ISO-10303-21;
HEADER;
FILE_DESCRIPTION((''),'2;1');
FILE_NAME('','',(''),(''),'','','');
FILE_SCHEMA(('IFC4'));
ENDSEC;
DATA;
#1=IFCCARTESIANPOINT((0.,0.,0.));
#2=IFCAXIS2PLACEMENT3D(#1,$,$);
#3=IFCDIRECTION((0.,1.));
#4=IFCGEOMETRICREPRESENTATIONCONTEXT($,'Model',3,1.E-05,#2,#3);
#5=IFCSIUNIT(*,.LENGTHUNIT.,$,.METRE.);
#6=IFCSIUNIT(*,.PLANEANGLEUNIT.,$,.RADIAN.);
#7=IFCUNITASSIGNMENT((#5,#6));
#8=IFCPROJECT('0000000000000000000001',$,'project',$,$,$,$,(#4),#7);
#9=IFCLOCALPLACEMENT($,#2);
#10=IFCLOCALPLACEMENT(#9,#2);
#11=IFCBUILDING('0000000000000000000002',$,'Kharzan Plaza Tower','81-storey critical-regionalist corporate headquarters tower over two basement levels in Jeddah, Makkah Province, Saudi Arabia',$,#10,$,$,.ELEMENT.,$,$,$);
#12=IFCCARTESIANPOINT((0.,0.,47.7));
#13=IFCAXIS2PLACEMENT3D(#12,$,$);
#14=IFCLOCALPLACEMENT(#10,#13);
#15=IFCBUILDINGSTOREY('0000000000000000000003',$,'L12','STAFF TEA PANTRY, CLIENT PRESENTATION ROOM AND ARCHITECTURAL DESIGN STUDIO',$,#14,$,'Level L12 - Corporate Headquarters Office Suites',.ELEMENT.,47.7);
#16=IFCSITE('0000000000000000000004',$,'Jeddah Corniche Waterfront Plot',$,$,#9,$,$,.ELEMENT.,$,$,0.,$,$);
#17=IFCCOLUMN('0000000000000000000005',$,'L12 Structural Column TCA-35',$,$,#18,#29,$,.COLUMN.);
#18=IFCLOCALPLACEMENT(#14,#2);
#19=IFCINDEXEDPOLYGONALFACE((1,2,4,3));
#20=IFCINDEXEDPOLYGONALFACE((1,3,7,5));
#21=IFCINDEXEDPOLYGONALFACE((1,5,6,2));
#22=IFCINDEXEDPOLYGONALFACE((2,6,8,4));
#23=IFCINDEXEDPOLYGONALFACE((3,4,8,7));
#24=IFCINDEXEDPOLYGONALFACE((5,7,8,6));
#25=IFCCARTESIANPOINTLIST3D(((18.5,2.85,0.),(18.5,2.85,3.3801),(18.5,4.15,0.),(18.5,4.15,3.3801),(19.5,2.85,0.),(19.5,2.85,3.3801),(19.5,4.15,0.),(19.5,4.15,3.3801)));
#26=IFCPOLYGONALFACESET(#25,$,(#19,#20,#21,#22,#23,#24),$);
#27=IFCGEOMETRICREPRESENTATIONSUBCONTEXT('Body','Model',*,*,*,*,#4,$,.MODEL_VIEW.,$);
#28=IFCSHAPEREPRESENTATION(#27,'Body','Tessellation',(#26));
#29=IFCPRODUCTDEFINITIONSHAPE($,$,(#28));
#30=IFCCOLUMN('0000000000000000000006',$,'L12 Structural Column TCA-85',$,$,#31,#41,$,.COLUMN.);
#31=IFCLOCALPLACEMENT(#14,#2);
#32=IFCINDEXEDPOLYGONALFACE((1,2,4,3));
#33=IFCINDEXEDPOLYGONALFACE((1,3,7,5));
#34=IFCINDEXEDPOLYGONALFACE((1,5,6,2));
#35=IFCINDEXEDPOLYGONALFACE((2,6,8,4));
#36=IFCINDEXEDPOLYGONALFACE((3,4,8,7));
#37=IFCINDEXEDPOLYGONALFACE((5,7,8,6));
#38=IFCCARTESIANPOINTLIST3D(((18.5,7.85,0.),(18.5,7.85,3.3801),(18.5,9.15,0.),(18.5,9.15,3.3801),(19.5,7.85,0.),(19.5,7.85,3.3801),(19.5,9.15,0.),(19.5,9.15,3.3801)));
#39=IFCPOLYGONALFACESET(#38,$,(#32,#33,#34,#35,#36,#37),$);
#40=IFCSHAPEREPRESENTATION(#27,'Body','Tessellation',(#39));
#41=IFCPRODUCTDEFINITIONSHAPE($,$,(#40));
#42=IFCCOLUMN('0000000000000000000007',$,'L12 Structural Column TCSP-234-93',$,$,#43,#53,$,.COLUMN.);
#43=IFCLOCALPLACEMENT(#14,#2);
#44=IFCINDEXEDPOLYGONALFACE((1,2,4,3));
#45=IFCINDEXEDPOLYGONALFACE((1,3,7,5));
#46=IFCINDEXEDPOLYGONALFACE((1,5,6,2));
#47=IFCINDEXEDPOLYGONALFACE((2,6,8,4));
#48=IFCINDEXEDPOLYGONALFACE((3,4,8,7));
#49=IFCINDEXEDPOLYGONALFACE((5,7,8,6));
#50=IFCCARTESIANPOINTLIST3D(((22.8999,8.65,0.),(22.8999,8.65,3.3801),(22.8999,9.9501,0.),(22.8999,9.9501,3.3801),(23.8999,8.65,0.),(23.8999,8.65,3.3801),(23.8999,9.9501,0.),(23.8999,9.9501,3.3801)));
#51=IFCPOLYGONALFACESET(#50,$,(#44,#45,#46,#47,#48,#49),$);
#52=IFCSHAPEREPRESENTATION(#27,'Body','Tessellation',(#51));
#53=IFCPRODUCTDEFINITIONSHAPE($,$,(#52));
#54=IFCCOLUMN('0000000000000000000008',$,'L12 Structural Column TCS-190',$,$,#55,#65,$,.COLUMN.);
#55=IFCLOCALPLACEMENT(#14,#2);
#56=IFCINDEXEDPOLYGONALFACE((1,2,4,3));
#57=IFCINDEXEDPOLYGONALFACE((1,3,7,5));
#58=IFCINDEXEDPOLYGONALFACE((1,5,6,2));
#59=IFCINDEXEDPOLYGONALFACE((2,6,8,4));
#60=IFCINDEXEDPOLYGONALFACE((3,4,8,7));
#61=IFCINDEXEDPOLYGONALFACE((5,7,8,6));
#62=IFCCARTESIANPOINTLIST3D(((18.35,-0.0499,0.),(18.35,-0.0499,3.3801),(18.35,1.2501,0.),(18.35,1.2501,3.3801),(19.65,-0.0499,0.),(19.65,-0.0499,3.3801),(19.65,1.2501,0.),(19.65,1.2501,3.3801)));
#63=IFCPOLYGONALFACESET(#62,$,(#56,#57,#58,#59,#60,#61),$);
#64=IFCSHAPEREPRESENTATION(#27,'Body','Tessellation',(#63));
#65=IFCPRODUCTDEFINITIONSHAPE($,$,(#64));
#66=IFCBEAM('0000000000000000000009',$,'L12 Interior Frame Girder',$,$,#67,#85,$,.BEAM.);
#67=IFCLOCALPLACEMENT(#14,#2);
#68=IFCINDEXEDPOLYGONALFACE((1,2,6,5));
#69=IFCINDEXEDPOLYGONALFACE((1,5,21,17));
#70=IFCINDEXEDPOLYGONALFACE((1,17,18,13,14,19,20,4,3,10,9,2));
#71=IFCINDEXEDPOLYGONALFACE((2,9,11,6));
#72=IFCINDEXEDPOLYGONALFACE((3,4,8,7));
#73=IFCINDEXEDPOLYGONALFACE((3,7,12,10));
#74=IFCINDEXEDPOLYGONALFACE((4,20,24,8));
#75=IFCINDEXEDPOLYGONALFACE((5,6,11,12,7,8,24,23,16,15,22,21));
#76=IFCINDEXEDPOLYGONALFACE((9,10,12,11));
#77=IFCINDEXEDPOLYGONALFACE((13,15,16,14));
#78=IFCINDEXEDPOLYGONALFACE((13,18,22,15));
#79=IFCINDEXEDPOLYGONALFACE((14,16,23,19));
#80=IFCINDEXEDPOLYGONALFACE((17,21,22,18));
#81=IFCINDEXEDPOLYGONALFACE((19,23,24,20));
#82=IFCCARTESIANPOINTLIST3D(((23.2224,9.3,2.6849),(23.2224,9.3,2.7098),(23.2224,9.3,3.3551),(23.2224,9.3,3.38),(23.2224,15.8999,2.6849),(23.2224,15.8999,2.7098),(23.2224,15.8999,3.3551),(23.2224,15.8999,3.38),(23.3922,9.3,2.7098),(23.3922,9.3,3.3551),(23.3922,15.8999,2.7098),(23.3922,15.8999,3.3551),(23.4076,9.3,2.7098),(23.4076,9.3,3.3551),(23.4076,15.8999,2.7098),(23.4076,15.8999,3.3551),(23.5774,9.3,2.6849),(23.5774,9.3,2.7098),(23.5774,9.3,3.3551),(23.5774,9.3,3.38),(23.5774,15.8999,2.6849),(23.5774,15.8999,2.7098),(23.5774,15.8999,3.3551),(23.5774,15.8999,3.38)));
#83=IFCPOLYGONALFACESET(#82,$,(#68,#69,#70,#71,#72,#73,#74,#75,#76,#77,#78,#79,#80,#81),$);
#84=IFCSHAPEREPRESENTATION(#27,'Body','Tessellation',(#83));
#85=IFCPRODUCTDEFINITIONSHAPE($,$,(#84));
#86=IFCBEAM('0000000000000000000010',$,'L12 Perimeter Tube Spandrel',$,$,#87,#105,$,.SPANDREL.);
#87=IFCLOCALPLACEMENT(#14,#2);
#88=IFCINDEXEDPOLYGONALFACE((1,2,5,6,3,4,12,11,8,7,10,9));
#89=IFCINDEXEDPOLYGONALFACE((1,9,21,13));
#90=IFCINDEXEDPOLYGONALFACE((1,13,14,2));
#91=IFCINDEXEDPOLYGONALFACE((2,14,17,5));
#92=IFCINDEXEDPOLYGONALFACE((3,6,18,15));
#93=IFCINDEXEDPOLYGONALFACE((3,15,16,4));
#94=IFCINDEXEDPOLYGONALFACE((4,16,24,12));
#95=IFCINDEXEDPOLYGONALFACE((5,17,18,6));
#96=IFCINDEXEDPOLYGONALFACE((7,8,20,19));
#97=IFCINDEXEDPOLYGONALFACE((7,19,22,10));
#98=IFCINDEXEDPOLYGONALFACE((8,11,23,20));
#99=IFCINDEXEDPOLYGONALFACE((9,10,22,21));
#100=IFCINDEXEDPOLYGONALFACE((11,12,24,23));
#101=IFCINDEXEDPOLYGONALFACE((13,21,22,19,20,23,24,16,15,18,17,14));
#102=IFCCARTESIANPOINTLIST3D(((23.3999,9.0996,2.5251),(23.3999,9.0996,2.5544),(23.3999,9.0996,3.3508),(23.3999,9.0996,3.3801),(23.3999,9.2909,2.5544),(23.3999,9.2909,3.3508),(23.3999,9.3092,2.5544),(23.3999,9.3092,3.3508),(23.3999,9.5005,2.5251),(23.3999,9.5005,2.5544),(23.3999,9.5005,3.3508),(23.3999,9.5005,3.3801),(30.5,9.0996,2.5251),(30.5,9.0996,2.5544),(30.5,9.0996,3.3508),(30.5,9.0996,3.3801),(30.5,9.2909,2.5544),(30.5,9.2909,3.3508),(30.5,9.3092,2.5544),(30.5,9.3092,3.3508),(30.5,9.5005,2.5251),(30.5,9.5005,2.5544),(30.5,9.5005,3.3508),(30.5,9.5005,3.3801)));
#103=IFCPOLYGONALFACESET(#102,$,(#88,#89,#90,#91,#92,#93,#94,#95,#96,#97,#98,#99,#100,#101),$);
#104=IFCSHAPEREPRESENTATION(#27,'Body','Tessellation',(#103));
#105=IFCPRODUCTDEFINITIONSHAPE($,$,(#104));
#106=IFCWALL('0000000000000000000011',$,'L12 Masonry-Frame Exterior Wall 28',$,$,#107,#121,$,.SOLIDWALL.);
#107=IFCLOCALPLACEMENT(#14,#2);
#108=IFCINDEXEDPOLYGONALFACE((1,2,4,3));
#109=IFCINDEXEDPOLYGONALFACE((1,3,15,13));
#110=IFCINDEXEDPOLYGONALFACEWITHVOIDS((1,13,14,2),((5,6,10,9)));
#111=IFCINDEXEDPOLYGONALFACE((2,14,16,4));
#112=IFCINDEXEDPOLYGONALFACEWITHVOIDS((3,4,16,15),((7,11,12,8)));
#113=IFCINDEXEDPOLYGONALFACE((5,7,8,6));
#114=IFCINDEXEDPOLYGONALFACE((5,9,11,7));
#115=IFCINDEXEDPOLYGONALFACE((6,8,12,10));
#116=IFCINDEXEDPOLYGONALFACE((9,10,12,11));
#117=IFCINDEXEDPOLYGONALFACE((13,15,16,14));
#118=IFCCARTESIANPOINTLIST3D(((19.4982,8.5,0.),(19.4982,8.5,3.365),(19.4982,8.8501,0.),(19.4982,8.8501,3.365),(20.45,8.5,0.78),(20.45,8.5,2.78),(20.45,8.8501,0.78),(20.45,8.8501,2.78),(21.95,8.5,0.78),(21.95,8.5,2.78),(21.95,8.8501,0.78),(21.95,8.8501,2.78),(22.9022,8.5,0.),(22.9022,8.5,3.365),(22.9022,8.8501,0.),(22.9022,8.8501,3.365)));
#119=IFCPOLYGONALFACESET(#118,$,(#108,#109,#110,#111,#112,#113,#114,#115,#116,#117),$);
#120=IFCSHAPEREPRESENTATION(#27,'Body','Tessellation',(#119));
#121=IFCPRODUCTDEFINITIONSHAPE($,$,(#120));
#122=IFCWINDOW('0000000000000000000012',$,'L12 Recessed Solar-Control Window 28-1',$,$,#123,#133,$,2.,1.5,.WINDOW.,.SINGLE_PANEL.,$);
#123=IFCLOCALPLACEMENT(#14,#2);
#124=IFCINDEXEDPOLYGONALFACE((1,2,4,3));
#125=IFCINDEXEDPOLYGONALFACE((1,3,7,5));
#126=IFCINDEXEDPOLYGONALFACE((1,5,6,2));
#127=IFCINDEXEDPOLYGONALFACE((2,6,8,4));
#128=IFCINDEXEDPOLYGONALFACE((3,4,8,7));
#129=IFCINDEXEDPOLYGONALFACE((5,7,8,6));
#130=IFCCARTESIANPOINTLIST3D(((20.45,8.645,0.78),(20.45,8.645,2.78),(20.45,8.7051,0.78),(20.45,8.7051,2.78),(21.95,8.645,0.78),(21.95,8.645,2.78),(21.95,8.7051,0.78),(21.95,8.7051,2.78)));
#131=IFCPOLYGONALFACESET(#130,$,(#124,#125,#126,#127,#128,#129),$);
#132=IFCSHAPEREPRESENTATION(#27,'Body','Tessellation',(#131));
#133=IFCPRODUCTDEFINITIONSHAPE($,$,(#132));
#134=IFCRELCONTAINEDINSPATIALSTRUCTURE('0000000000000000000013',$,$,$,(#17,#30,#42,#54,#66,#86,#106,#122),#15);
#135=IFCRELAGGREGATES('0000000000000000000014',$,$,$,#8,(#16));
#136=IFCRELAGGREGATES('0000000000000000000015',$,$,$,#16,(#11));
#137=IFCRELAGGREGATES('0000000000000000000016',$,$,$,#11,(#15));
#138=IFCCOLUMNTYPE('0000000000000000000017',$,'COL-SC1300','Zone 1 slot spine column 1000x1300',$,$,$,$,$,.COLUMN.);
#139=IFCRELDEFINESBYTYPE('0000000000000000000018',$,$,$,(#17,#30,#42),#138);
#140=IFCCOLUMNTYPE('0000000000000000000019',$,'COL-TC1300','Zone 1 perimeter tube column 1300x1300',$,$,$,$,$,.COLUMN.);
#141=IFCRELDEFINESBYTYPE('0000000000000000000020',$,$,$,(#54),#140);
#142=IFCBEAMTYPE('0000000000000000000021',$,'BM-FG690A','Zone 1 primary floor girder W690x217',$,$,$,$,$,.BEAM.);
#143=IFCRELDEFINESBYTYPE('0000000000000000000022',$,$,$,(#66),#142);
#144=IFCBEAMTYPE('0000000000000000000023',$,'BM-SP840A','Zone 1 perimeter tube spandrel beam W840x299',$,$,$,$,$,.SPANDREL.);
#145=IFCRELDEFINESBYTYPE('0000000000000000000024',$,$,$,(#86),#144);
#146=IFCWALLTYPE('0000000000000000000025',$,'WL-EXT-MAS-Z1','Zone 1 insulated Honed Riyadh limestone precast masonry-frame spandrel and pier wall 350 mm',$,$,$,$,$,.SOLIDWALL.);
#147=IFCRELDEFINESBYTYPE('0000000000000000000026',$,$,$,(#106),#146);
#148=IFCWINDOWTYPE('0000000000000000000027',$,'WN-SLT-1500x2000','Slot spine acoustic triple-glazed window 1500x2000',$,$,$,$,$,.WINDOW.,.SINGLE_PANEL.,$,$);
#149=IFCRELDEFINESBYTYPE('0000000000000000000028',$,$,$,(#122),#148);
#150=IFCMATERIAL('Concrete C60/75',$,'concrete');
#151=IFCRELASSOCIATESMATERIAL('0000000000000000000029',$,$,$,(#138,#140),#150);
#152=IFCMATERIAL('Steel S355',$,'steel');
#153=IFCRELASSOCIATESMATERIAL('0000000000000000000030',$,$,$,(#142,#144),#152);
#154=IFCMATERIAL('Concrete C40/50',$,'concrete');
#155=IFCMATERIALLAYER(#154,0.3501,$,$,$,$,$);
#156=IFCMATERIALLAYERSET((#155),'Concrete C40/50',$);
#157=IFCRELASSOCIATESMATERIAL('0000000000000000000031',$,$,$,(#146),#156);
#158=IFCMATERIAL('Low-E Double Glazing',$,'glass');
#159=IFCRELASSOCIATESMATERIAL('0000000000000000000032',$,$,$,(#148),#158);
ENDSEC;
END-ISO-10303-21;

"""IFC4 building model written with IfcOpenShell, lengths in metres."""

from ifc_helpers import new_model, si_unit, direction, frame, frame_2d, origin, origin_2d, place, context, subcontext, project, spatial, rectangle, i_section, extrude, source, transform, mapped, material, layer, layer_set, material_profile, profile_set, type_object, element, fill, save


model = new_model("IFC4")

# Units and contexts
model_context = context("Model", 3, precision=1e-05, world=origin(), true_north=direction((0.0, 1.0)))
body_context = subcontext(model_context, "Body", "Model", "MODEL_VIEW")
ifc_project = project(units=[si_unit("LENGTHUNIT", "METRE"), si_unit("PLANEANGLEUNIT", "RADIAN")], contexts=[model_context])

# Site, building, storey
site_placement = place(None, origin())
site = spatial("IfcSite", under=ifc_project, at=site_placement, Name="Jeddah Corniche Waterfront Plot", CompositionType="ELEMENT", RefElevation=0.0)
building_placement = place(site_placement, origin())
building = spatial("IfcBuilding", under=site, at=building_placement, Name="Kharzan Plaza Tower", Description="81-storey critical-regionalist corporate headquarters tower over two basement levels in Jeddah, Makkah Province, Saudi Arabia", CompositionType="ELEMENT")
storey_placement = place(building_placement, frame((0.0, 0.0, 47.7)))
storey = spatial("IfcBuildingStorey", under=building, at=storey_placement, Name="L12", Description="STAFF TEA PANTRY, CLIENT PRESENTATION ROOM AND ARCHITECTURAL DESIGN STUDIO", LongName="Level L12 - Corporate Headquarters Office Suites", CompositionType="ELEMENT", Elevation=47.7)

# Columns
ifc_material_1 = material(Name="Concrete C60/75", Category="concrete")
ifc_material_profile_1 = material_profile(ifc_material_1, rectangle(XDim=1.0, YDim=1.3, at=origin_2d()), Name="RC-SC1300x1000")
ifc_profile_set_1 = profile_set([ifc_material_profile_1], Name="Concrete C60/75")
column_type_1 = type_object("IfcColumnType", Name="COL-SC1300", Description="Zone 1 slot spine column 1000x1300", PredefinedType="COLUMN", material=ifc_profile_set_1)
shared_shape_1 = source(origin(), body_context, "Body", "SweptSolid", [
    extrude(rectangle(XDim=1.0, YDim=1.3, at=origin_2d()), origin(), (0.0, 0.0, 1.0), 3.3801),
])
for number, where, z_axis, x_axis, name in (
    (1, (19.0, 3.5, 0.0), (0.0, 0.0, 1.0), (1.0, 0.0, 0.0), "L12 Structural Column TCA-35"),
    (2, (19.0, 8.5, 0.0), (0.0, 0.0, 1.0), (1.0, 0.0, 0.0), "L12 Structural Column TCA-85"),
    (3, (23.3999, 9.3, 0.0), (0.0, 0.0, 1.0), (1.0, 0.0, 0.0), "L12 Structural Column TCSP-234-93"),
):
    element("IfcColumn", number, at=place(storey_placement, frame(where, z_axis=z_axis, x_axis=x_axis)), inside=storey, type_object=column_type_1, Name=name, PredefinedType="COLUMN", context=body_context, shape_type="MappedRepresentation", body=[
        mapped(shared_shape_1, transform((0.0, 0.0, 0.0), x_axis=(1.0, 0.0, 0.0), y_axis=(0.0, 1.0, 0.0), z_axis=(0.0, 0.0, 1.0))),
    ])
ifc_material_profile_2 = material_profile(ifc_material_1, rectangle(XDim=1.3, YDim=1.3, at=origin_2d()), Name="RC-TC1300x1300")
ifc_profile_set_2 = profile_set([ifc_material_profile_2], Name="Concrete C60/75")
column_type_2 = type_object("IfcColumnType", Name="COL-TC1300", Description="Zone 1 perimeter tube column 1300x1300", PredefinedType="COLUMN", material=ifc_profile_set_2)
shared_shape_2 = source(origin(), body_context, "Body", "SweptSolid", [
    extrude(rectangle(XDim=1.3, YDim=1.3, at=origin_2d()), origin(), (0.0, 0.0, 1.0), 3.3801),
])
column_placement = place(storey_placement, frame((19.0, 0.6001, 0.0), z_axis=(0.0, 0.0, 1.0), x_axis=(1.0, 0.0, 0.0)))
element("IfcColumn", 4, at=column_placement, inside=storey, type_object=column_type_2, Name="L12 Structural Column TCS-190", PredefinedType="COLUMN", context=body_context, shape_type="MappedRepresentation", body=[
    mapped(shared_shape_2, transform((0.0, 0.0, 0.0), x_axis=(1.0, 0.0, 0.0), y_axis=(0.0, 1.0, 0.0), z_axis=(0.0, 0.0, 1.0))),
])

# Beams
ifc_material_2 = material(Name="Steel S355", Category="steel")
ifc_material_profile_3 = material_profile(ifc_material_2, i_section(OverallWidth=0.355, OverallDepth=0.6951, WebThickness=0.0154, FlangeThickness=0.0249, at=origin_2d()), Name="W690x217")
ifc_profile_set_3 = profile_set([ifc_material_profile_3], Name="Steel S355")
beam_type_1 = type_object("IfcBeamType", Name="BM-FG690A", Description="Zone 1 primary floor girder W690x217", PredefinedType="BEAM", material=ifc_profile_set_3)
shared_shape_3 = source(origin(), body_context, "Body", "SweptSolid", [
    extrude(i_section(OverallWidth=0.355, OverallDepth=0.6951, WebThickness=0.0154, FlangeThickness=0.0249, at=origin_2d()), origin(), (0.0, 0.0, 1.0), 6.5999),
])
beam_1_placement = place(storey_placement, frame((23.3999, 9.3, 3.0325), z_axis=(0.0, 1.0, 0.0), x_axis=(-1.0, 0.0, 0.0)))
element("IfcBeam", 5, at=beam_1_placement, inside=storey, type_object=beam_type_1, Name="L12 Interior Frame Girder", PredefinedType="BEAM", context=body_context, shape_type="MappedRepresentation", body=[
    mapped(shared_shape_3, transform((0.0, 0.0, 0.0), x_axis=(1.0, 0.0, 0.0), y_axis=(0.0, 1.0, 0.0), z_axis=(0.0, 0.0, 1.0))),
])
ifc_material_profile_4 = material_profile(ifc_material_2, i_section(OverallWidth=0.4009, OverallDepth=0.855, WebThickness=0.0183, FlangeThickness=0.0293, at=origin_2d()), Name="W840x299")
ifc_profile_set_4 = profile_set([ifc_material_profile_4], Name="Steel S355")
beam_type_2 = type_object("IfcBeamType", Name="BM-SP840A", Description="Zone 1 perimeter tube spandrel beam W840x299", PredefinedType="SPANDREL", material=ifc_profile_set_4)
shared_shape_4 = source(origin(), body_context, "Body", "SweptSolid", [
    extrude(i_section(OverallWidth=0.4009, OverallDepth=0.855, WebThickness=0.0183, FlangeThickness=0.0293, at=origin_2d()), origin(), (0.0, 0.0, 1.0), 7.1001),
])
beam_2_placement = place(storey_placement, frame((23.3999, 9.3, 2.9526), z_axis=(1.0, 0.0, 0.0), x_axis=(0.0, 1.0, 0.0)))
element("IfcBeam", 6, at=beam_2_placement, inside=storey, type_object=beam_type_2, Name="L12 Perimeter Tube Spandrel", PredefinedType="SPANDREL", context=body_context, shape_type="MappedRepresentation", body=[
    mapped(shared_shape_4, transform((0.0, 0.0, 0.0), x_axis=(1.0, 0.0, 0.0), y_axis=(0.0, 1.0, 0.0), z_axis=(0.0, 0.0, 1.0))),
])

# Wall, opening, window
ifc_material_3 = material(Name="Concrete C40/50", Category="concrete")
ifc_layer_1 = layer(ifc_material_3, 0.3501)
ifc_layer_set_1 = layer_set([ifc_layer_1], Name="Concrete C40/50")
wall_type_1 = type_object("IfcWallType", Name="WL-EXT-MAS-Z1", Description="Zone 1 insulated Honed Riyadh limestone precast masonry-frame spandrel and pier wall 350 mm", PredefinedType="SOLIDWALL", material=ifc_layer_set_1)
wall_1_placement = place(storey_placement, frame((19.498, 8.675, 0.0), z_axis=(0.0, 0.0, 1.0), x_axis=(1.0, 0.0, 0.0)))
wall_1 = element("IfcWall", 7, at=wall_1_placement, inside=storey, type_object=wall_type_1, Name="L12 Masonry-Frame Exterior Wall 28", PredefinedType="SOLIDWALL", context=body_context, shape_type="SweptSolid", body=[
    extrude(rectangle(XDim=3.4041, YDim=0.3501, at=frame_2d((1.7021, 0.0))), origin(), (0.0, 0.0, 1.0), 3.365),
])
opening_1_placement = place(wall_1_placement, frame((0.9519, 0.0, 0.78)))
opening_1 = element("IfcOpeningElement", 8, at=opening_1_placement, cuts=wall_1, PredefinedType="OPENING", context=body_context, shape_type="SweptSolid", body=[
    extrude(rectangle(XDim=1.5, YDim=2.0, at=frame_2d((0.75, 1.0))), frame((0.0, 0.1851, 0.0), z_axis=(0.0, -1.0, 0.0), x_axis=(1.0, 0.0, 0.0)), (0.0, 0.0, 1.0), 0.3701),
])
ifc_material_4 = material(Name="Low-E Double Glazing", Category="glass")
window_type = type_object("IfcWindowType", Name="WN-SLT-1500x2000", Description="Slot spine acoustic triple-glazed window 1500x2000", PartitioningType="SINGLE_PANEL", PredefinedType="WINDOW", material=ifc_material_4)
shared_shape_5 = source(origin(), body_context, "Body", "SweptSolid", [
    extrude(rectangle(XDim=1.5, YDim=2.0, at=frame_2d((0.75, 1.0))), frame((0.0, 0.03, 0.0), z_axis=(0.0, -1.0, 0.0), x_axis=(1.0, 0.0, 0.0)), (0.0, 0.0, 1.0), 0.0601),
])
window_1_placement = place(opening_1_placement, origin())
window_1 = element("IfcWindow", 9, at=window_1_placement, inside=storey, type_object=window_type, Name="L12 Recessed Solar-Control Window 28-1", OverallHeight=2.0, OverallWidth=1.5, PartitioningType="SINGLE_PANEL", PredefinedType="WINDOW", context=body_context, shape_type="MappedRepresentation", body=[
    mapped(shared_shape_5, transform((0.0, 0.0, 0.0), x_axis=(1.0, 0.0, 0.0), y_axis=(0.0, 1.0, 0.0), z_axis=(0.0, 0.0, 1.0))),
])
fill(opening_1, window_1)

save(model, "model.ifc")
